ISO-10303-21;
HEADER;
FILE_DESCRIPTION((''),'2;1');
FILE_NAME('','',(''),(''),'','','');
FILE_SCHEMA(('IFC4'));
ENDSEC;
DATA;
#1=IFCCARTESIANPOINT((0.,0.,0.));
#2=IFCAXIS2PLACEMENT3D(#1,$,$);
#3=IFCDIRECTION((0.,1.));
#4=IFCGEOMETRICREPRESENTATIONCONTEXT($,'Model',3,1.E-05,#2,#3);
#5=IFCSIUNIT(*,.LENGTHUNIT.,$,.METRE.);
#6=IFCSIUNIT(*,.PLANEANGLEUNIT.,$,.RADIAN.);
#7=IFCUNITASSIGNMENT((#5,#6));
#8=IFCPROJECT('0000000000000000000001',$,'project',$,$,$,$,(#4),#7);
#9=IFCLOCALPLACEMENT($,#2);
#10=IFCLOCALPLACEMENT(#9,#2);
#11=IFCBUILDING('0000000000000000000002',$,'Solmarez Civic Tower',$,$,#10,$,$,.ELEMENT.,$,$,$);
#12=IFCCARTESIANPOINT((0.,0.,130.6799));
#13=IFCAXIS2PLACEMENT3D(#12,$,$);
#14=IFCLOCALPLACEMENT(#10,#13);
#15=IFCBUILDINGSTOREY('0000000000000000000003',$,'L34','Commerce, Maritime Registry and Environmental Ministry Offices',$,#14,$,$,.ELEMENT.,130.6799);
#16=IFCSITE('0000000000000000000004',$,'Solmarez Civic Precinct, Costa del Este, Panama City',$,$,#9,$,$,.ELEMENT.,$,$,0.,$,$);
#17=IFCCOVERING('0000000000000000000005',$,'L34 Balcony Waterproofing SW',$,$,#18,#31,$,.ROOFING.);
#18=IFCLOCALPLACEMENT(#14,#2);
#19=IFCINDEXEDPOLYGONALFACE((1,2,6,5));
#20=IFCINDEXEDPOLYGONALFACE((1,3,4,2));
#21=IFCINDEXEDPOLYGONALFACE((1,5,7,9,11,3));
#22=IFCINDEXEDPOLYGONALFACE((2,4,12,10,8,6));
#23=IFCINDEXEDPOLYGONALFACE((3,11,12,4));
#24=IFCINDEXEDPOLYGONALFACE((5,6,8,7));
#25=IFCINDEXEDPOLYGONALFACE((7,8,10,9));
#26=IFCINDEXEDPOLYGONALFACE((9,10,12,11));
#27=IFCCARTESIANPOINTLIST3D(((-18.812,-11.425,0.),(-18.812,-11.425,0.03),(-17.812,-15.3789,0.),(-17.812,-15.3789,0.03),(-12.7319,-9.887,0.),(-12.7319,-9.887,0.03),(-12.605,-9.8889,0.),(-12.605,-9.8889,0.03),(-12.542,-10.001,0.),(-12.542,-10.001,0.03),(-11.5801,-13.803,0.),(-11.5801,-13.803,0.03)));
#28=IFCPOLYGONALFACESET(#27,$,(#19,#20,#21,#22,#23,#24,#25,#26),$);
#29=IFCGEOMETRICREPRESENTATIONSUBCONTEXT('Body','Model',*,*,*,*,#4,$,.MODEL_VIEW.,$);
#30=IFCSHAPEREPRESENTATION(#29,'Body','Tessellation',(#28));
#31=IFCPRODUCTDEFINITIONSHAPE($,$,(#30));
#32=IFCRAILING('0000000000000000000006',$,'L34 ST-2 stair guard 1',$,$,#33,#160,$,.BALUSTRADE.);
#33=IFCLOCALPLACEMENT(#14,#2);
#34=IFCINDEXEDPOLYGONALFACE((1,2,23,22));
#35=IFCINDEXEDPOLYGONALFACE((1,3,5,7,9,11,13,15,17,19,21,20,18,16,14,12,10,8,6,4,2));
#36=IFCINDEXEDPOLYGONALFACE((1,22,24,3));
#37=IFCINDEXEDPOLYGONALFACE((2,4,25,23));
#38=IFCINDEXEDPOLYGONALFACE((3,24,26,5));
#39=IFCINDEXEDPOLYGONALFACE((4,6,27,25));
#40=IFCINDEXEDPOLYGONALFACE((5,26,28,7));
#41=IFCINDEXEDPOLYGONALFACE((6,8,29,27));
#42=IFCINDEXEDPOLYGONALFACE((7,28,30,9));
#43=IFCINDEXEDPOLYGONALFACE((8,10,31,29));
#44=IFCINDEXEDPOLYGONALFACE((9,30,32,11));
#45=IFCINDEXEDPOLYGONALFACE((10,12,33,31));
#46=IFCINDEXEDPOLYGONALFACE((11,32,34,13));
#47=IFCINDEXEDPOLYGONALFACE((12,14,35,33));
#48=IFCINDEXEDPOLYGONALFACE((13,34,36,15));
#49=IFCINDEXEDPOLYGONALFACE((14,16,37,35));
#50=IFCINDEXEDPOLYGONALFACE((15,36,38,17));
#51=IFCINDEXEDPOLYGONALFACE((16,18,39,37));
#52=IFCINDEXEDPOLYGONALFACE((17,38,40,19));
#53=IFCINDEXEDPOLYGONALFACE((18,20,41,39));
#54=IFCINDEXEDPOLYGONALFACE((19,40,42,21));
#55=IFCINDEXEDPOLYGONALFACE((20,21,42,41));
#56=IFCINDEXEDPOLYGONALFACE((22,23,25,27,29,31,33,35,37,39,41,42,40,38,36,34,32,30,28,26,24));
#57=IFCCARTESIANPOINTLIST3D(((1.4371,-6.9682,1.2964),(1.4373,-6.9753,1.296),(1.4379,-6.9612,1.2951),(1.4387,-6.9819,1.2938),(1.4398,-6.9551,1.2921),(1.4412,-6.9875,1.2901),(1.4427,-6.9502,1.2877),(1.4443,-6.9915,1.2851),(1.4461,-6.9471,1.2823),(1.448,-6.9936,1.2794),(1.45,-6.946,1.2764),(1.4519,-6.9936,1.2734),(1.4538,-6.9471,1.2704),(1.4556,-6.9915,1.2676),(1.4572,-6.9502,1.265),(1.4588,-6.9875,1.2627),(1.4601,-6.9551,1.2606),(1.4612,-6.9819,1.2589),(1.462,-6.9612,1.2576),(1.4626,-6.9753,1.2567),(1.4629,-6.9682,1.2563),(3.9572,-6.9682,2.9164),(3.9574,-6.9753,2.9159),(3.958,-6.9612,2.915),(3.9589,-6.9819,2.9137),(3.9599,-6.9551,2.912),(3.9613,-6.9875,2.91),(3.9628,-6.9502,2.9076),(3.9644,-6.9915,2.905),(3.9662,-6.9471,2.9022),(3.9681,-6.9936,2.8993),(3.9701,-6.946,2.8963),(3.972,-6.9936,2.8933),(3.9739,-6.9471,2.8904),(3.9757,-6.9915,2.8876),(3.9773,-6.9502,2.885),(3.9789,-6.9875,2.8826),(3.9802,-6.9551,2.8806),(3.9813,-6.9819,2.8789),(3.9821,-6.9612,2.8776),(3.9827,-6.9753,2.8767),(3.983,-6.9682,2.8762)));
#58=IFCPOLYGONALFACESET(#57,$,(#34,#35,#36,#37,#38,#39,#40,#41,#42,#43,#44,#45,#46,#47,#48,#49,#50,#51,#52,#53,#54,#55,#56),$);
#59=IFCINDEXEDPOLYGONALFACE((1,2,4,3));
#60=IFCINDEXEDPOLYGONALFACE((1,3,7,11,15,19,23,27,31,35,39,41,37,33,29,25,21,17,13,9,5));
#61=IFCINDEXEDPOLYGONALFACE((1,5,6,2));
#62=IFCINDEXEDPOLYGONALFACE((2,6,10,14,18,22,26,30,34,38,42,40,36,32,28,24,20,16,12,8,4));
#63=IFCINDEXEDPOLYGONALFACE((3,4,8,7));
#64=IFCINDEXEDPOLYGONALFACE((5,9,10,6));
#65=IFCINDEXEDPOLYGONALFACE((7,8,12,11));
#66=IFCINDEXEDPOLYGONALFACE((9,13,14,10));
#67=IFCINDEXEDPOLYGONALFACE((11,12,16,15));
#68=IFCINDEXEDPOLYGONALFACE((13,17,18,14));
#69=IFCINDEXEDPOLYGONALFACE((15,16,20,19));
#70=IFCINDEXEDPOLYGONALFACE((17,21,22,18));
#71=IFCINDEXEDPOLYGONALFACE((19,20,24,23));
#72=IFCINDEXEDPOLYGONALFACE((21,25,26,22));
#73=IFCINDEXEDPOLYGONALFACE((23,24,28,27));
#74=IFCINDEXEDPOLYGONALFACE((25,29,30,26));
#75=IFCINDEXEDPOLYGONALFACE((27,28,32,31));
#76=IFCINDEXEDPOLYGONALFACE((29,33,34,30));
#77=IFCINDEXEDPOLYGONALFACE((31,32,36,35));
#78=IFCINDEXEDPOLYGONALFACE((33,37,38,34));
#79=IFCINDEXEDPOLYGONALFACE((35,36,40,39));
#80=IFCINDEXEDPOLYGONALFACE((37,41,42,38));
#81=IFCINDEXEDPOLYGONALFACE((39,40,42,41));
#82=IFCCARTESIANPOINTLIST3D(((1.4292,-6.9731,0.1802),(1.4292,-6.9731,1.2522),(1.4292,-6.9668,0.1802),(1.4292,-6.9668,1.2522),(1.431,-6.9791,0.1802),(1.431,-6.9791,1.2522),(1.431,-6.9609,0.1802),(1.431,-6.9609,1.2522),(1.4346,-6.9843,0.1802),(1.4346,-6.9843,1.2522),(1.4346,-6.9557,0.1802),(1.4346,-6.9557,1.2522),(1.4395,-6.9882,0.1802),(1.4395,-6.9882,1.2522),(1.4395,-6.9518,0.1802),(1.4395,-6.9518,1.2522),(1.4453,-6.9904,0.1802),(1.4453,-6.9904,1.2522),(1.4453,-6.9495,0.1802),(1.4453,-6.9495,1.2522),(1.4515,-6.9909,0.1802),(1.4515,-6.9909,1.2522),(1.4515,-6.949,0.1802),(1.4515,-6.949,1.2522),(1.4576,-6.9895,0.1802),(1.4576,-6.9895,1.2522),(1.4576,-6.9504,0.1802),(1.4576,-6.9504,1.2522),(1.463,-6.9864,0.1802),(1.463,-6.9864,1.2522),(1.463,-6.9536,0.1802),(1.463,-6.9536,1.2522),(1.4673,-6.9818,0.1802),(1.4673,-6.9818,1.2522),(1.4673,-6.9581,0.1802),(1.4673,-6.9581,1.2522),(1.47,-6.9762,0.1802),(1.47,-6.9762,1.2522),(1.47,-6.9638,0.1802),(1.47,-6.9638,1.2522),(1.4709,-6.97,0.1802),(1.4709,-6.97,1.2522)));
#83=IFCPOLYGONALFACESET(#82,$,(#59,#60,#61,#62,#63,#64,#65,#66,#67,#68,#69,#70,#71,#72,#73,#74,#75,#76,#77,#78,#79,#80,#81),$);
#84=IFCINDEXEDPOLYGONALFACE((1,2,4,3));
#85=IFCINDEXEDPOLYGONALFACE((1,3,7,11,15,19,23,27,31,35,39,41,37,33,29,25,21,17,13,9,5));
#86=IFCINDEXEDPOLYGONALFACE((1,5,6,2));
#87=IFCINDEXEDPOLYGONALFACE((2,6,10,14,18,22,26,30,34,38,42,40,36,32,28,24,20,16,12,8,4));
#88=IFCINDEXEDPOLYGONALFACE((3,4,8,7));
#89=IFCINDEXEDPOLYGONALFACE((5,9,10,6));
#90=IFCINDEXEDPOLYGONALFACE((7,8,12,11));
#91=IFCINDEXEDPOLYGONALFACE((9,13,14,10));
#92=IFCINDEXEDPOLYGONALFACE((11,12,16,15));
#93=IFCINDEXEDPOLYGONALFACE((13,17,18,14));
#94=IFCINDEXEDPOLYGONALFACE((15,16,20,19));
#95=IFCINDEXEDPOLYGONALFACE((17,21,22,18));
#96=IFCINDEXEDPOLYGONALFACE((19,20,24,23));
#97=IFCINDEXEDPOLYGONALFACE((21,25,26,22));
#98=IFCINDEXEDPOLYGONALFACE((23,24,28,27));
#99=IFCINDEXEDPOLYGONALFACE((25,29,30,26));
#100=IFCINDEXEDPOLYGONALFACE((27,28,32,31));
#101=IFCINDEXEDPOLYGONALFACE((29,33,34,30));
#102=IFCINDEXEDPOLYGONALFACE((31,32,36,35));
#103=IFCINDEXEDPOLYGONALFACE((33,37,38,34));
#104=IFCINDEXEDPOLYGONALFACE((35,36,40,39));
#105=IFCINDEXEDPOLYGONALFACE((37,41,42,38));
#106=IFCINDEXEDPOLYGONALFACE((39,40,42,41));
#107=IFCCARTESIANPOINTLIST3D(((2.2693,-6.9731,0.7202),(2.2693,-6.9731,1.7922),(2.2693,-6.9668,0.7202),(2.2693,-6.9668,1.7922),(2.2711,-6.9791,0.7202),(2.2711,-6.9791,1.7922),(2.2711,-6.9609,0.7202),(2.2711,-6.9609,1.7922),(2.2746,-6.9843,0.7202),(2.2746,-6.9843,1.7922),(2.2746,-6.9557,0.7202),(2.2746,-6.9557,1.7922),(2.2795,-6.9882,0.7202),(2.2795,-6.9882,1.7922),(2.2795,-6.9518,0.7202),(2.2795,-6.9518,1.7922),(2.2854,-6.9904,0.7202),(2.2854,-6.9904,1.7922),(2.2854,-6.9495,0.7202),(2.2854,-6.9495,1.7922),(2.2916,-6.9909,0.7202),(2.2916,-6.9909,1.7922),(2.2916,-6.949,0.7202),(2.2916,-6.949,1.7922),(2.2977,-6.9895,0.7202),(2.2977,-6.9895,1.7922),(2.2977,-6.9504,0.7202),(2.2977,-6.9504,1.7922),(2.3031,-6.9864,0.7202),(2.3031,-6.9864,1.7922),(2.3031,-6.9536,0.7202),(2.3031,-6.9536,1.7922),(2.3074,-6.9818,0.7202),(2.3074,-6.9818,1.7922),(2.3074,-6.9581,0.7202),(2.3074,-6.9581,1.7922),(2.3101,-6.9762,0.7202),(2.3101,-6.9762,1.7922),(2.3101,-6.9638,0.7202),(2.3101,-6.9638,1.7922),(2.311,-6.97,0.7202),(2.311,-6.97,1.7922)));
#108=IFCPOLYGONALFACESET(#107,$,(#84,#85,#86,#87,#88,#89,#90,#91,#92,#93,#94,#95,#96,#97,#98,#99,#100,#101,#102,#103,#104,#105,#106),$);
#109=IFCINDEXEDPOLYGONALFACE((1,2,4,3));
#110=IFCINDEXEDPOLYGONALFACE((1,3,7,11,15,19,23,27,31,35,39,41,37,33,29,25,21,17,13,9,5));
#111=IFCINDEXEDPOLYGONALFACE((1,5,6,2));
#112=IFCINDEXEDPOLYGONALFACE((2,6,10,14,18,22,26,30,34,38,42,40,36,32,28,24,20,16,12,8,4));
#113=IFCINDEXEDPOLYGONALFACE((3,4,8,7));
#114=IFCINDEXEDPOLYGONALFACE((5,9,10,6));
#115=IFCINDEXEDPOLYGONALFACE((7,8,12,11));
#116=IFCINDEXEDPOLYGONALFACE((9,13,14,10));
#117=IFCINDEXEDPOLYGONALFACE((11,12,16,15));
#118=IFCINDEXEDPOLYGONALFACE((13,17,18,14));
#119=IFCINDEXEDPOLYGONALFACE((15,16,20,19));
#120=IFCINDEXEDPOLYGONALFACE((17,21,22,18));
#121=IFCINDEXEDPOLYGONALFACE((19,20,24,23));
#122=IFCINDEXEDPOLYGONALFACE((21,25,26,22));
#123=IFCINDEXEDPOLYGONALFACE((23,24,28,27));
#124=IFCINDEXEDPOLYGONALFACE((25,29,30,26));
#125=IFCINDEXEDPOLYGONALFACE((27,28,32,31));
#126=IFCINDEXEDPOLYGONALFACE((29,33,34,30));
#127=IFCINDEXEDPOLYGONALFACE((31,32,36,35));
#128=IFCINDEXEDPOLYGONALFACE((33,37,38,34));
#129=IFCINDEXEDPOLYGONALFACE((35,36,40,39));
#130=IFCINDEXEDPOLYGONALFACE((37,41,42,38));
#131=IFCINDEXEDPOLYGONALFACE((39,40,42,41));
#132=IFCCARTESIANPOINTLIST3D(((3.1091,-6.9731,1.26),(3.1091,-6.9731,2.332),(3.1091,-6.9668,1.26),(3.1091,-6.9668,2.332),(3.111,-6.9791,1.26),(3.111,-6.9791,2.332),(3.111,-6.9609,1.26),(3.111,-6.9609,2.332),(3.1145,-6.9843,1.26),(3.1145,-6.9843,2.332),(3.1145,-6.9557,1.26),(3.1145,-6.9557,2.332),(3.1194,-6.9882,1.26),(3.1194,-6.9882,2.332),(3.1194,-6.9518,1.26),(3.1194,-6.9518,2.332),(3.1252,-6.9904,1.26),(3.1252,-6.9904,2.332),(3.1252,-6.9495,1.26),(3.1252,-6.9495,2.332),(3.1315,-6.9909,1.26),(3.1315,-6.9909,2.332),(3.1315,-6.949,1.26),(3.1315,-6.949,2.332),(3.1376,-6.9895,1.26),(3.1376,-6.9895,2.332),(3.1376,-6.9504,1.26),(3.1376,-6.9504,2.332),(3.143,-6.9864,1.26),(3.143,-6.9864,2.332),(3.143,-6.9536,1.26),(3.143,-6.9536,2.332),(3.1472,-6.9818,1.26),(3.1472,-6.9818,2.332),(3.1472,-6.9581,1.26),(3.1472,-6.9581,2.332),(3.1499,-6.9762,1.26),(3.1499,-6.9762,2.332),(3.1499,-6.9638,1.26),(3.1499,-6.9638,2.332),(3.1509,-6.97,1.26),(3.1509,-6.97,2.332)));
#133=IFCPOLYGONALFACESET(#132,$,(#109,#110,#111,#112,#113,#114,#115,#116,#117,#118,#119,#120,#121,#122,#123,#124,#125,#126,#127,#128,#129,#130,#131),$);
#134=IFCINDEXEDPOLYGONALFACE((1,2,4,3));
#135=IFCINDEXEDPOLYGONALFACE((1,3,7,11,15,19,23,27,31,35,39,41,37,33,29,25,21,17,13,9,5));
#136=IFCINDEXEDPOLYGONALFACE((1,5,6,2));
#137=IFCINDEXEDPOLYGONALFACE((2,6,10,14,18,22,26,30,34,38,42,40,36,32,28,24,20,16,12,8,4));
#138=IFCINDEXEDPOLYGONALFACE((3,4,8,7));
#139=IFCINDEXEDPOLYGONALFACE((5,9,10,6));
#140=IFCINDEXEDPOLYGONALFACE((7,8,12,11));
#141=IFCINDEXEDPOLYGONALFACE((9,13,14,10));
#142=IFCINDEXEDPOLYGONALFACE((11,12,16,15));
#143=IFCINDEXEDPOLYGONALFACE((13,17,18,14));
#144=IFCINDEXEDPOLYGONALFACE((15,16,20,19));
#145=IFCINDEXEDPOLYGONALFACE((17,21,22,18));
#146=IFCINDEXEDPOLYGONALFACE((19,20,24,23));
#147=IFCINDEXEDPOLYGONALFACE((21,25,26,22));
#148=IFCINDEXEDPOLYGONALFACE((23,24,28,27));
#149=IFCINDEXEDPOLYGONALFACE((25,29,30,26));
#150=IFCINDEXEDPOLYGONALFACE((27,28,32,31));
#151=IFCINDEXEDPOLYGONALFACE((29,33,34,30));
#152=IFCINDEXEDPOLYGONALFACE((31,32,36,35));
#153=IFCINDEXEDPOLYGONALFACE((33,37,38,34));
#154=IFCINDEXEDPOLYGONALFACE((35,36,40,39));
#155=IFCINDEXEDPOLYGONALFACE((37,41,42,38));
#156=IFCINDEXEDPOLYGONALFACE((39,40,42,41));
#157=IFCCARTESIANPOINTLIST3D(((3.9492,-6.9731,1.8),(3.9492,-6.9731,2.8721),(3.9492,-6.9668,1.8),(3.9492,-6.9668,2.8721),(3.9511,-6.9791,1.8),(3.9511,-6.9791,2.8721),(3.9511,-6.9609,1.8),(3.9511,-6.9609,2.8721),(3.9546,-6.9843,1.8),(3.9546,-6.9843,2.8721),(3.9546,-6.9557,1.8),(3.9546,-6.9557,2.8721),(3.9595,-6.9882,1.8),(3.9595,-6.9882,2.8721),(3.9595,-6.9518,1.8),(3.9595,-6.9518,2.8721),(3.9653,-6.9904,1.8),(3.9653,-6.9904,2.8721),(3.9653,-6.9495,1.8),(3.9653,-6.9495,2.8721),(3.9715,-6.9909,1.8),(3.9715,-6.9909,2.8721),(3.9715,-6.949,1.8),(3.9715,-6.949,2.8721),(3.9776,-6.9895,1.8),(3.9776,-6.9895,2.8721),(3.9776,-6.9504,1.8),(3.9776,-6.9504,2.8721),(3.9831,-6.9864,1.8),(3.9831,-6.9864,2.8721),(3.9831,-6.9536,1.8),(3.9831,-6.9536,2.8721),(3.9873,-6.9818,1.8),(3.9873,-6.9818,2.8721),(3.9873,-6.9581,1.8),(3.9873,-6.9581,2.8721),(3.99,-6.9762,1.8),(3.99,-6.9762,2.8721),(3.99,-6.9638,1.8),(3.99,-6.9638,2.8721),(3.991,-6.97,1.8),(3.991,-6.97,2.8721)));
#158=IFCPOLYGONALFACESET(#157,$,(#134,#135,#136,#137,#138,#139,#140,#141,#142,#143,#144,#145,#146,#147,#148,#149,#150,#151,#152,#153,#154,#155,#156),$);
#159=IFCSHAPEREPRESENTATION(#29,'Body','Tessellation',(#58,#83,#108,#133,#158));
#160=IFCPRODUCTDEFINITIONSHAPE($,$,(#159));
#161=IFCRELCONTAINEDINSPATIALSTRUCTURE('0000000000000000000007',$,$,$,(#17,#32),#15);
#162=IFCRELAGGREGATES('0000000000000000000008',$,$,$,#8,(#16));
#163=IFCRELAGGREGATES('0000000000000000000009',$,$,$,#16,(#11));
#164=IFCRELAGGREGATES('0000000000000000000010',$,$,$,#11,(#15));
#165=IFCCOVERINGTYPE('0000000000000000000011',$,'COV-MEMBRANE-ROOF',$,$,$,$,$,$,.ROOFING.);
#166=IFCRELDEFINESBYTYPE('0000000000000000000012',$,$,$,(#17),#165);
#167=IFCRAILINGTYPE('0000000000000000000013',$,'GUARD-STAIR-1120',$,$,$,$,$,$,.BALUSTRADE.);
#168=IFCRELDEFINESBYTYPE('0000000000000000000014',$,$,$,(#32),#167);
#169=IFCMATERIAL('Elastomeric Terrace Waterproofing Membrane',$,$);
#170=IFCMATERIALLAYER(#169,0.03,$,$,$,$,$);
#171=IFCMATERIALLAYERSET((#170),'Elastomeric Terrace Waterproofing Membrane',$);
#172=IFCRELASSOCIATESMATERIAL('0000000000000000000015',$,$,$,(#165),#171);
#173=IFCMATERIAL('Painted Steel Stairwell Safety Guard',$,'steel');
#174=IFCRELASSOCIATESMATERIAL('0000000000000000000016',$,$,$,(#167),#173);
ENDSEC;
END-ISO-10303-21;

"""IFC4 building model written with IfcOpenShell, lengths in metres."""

from ifc_helpers import new_model, si_unit, direction, frame, origin, origin_2d, place, context, subcontext, project, spatial, polyline, circle, outline, extrude, material, layer, layer_set, type_object, element, save


model = new_model("IFC4")

# Units and contexts
model_context = context("Model", 3, precision=1e-05, world=origin(), true_north=direction((0.0, 1.0)))
body_context = subcontext(model_context, "Body", "Model", "MODEL_VIEW")
ifc_project = project(units=[si_unit("LENGTHUNIT", "METRE"), si_unit("PLANEANGLEUNIT", "RADIAN")], contexts=[model_context])

# Site, building, storey
site_placement = place(None, origin())
site = spatial("IfcSite", under=ifc_project, at=site_placement, Name="Solmarez Civic Precinct, Costa del Este, Panama City", CompositionType="ELEMENT", RefElevation=0.0)
building_placement = place(site_placement, origin())
building = spatial("IfcBuilding", under=site, at=building_placement, Name="Solmarez Civic Tower", CompositionType="ELEMENT")
storey_placement = place(building_placement, frame((0.0, 0.0, 130.6799)))
storey = spatial("IfcBuildingStorey", under=building, at=storey_placement, Name="L34", Description="Commerce, Maritime Registry and Environmental Ministry Offices", CompositionType="ELEMENT", Elevation=130.6799)

# Covering
ifc_material_1 = material(Name="Elastomeric Terrace Waterproofing Membrane")
ifc_layer_1 = layer(ifc_material_1, 0.03)
ifc_layer_set_1 = layer_set([ifc_layer_1], Name="Elastomeric Terrace Waterproofing Membrane")
covering_type = type_object("IfcCoveringType", Name="COV-MEMBRANE-ROOF", PredefinedType="ROOFING", material=ifc_layer_set_1)
covering_1_placement = place(storey_placement, origin())
element("IfcCovering", 1, at=covering_1_placement, inside=storey, type_object=covering_type, Name="L34 Balcony Waterproofing SW", PredefinedType="ROOFING", context=body_context, shape_type="SweptSolid", body=[
    extrude(outline(polyline([(-12.542, -10.001), (-12.605, -9.8889), (-12.7319, -9.887), (-18.812, -11.425), (-17.812, -15.3789), (-11.5801, -13.803), (-12.542, -10.001)])), origin(), (0.0, 0.0, 1.0), 0.03),
])

# Railing
ifc_material_2 = material(Name="Painted Steel Stairwell Safety Guard", Category="steel")
railing_type_1 = type_object("IfcRailingType", Name="GUARD-STAIR-1120", PredefinedType="BALUSTRADE", material=ifc_material_2)
railing_1_placement = place(storey_placement, frame((1.45, -6.97, 0.1802)))
element("IfcRailing", 2, at=railing_1_placement, inside=storey, type_object=railing_type_1, Name="L34 ST-2 stair guard 1", PredefinedType="BALUSTRADE", context=body_context, shape_type="SweptSolid", body=[
    extrude(circle(Radius=0.0239, at=origin_2d()), frame((0.0, 0.0, 1.0962), z_axis=(0.8412, 0.0, 0.540725), x_axis=(0.0, 1.0, 0.0)), (0.0, 0.0, 1.0), 2.9958),
    extrude(circle(Radius=0.021, at=origin_2d()), origin(), (0.0, 0.0, 1.0), 1.072),
    extrude(circle(Radius=0.021, at=origin_2d()), frame((0.8401, 0.0, 0.54)), (0.0, 0.0, 1.0), 1.072),
    extrude(circle(Radius=0.021, at=origin_2d()), frame((1.6799, 0.0, 1.0798)), (0.0, 0.0, 1.0), 1.072),
    extrude(circle(Radius=0.021, at=origin_2d()), frame((2.52, 0.0, 1.6199)), (0.0, 0.0, 1.0), 1.072),
])

save(model, "model.ifc")
